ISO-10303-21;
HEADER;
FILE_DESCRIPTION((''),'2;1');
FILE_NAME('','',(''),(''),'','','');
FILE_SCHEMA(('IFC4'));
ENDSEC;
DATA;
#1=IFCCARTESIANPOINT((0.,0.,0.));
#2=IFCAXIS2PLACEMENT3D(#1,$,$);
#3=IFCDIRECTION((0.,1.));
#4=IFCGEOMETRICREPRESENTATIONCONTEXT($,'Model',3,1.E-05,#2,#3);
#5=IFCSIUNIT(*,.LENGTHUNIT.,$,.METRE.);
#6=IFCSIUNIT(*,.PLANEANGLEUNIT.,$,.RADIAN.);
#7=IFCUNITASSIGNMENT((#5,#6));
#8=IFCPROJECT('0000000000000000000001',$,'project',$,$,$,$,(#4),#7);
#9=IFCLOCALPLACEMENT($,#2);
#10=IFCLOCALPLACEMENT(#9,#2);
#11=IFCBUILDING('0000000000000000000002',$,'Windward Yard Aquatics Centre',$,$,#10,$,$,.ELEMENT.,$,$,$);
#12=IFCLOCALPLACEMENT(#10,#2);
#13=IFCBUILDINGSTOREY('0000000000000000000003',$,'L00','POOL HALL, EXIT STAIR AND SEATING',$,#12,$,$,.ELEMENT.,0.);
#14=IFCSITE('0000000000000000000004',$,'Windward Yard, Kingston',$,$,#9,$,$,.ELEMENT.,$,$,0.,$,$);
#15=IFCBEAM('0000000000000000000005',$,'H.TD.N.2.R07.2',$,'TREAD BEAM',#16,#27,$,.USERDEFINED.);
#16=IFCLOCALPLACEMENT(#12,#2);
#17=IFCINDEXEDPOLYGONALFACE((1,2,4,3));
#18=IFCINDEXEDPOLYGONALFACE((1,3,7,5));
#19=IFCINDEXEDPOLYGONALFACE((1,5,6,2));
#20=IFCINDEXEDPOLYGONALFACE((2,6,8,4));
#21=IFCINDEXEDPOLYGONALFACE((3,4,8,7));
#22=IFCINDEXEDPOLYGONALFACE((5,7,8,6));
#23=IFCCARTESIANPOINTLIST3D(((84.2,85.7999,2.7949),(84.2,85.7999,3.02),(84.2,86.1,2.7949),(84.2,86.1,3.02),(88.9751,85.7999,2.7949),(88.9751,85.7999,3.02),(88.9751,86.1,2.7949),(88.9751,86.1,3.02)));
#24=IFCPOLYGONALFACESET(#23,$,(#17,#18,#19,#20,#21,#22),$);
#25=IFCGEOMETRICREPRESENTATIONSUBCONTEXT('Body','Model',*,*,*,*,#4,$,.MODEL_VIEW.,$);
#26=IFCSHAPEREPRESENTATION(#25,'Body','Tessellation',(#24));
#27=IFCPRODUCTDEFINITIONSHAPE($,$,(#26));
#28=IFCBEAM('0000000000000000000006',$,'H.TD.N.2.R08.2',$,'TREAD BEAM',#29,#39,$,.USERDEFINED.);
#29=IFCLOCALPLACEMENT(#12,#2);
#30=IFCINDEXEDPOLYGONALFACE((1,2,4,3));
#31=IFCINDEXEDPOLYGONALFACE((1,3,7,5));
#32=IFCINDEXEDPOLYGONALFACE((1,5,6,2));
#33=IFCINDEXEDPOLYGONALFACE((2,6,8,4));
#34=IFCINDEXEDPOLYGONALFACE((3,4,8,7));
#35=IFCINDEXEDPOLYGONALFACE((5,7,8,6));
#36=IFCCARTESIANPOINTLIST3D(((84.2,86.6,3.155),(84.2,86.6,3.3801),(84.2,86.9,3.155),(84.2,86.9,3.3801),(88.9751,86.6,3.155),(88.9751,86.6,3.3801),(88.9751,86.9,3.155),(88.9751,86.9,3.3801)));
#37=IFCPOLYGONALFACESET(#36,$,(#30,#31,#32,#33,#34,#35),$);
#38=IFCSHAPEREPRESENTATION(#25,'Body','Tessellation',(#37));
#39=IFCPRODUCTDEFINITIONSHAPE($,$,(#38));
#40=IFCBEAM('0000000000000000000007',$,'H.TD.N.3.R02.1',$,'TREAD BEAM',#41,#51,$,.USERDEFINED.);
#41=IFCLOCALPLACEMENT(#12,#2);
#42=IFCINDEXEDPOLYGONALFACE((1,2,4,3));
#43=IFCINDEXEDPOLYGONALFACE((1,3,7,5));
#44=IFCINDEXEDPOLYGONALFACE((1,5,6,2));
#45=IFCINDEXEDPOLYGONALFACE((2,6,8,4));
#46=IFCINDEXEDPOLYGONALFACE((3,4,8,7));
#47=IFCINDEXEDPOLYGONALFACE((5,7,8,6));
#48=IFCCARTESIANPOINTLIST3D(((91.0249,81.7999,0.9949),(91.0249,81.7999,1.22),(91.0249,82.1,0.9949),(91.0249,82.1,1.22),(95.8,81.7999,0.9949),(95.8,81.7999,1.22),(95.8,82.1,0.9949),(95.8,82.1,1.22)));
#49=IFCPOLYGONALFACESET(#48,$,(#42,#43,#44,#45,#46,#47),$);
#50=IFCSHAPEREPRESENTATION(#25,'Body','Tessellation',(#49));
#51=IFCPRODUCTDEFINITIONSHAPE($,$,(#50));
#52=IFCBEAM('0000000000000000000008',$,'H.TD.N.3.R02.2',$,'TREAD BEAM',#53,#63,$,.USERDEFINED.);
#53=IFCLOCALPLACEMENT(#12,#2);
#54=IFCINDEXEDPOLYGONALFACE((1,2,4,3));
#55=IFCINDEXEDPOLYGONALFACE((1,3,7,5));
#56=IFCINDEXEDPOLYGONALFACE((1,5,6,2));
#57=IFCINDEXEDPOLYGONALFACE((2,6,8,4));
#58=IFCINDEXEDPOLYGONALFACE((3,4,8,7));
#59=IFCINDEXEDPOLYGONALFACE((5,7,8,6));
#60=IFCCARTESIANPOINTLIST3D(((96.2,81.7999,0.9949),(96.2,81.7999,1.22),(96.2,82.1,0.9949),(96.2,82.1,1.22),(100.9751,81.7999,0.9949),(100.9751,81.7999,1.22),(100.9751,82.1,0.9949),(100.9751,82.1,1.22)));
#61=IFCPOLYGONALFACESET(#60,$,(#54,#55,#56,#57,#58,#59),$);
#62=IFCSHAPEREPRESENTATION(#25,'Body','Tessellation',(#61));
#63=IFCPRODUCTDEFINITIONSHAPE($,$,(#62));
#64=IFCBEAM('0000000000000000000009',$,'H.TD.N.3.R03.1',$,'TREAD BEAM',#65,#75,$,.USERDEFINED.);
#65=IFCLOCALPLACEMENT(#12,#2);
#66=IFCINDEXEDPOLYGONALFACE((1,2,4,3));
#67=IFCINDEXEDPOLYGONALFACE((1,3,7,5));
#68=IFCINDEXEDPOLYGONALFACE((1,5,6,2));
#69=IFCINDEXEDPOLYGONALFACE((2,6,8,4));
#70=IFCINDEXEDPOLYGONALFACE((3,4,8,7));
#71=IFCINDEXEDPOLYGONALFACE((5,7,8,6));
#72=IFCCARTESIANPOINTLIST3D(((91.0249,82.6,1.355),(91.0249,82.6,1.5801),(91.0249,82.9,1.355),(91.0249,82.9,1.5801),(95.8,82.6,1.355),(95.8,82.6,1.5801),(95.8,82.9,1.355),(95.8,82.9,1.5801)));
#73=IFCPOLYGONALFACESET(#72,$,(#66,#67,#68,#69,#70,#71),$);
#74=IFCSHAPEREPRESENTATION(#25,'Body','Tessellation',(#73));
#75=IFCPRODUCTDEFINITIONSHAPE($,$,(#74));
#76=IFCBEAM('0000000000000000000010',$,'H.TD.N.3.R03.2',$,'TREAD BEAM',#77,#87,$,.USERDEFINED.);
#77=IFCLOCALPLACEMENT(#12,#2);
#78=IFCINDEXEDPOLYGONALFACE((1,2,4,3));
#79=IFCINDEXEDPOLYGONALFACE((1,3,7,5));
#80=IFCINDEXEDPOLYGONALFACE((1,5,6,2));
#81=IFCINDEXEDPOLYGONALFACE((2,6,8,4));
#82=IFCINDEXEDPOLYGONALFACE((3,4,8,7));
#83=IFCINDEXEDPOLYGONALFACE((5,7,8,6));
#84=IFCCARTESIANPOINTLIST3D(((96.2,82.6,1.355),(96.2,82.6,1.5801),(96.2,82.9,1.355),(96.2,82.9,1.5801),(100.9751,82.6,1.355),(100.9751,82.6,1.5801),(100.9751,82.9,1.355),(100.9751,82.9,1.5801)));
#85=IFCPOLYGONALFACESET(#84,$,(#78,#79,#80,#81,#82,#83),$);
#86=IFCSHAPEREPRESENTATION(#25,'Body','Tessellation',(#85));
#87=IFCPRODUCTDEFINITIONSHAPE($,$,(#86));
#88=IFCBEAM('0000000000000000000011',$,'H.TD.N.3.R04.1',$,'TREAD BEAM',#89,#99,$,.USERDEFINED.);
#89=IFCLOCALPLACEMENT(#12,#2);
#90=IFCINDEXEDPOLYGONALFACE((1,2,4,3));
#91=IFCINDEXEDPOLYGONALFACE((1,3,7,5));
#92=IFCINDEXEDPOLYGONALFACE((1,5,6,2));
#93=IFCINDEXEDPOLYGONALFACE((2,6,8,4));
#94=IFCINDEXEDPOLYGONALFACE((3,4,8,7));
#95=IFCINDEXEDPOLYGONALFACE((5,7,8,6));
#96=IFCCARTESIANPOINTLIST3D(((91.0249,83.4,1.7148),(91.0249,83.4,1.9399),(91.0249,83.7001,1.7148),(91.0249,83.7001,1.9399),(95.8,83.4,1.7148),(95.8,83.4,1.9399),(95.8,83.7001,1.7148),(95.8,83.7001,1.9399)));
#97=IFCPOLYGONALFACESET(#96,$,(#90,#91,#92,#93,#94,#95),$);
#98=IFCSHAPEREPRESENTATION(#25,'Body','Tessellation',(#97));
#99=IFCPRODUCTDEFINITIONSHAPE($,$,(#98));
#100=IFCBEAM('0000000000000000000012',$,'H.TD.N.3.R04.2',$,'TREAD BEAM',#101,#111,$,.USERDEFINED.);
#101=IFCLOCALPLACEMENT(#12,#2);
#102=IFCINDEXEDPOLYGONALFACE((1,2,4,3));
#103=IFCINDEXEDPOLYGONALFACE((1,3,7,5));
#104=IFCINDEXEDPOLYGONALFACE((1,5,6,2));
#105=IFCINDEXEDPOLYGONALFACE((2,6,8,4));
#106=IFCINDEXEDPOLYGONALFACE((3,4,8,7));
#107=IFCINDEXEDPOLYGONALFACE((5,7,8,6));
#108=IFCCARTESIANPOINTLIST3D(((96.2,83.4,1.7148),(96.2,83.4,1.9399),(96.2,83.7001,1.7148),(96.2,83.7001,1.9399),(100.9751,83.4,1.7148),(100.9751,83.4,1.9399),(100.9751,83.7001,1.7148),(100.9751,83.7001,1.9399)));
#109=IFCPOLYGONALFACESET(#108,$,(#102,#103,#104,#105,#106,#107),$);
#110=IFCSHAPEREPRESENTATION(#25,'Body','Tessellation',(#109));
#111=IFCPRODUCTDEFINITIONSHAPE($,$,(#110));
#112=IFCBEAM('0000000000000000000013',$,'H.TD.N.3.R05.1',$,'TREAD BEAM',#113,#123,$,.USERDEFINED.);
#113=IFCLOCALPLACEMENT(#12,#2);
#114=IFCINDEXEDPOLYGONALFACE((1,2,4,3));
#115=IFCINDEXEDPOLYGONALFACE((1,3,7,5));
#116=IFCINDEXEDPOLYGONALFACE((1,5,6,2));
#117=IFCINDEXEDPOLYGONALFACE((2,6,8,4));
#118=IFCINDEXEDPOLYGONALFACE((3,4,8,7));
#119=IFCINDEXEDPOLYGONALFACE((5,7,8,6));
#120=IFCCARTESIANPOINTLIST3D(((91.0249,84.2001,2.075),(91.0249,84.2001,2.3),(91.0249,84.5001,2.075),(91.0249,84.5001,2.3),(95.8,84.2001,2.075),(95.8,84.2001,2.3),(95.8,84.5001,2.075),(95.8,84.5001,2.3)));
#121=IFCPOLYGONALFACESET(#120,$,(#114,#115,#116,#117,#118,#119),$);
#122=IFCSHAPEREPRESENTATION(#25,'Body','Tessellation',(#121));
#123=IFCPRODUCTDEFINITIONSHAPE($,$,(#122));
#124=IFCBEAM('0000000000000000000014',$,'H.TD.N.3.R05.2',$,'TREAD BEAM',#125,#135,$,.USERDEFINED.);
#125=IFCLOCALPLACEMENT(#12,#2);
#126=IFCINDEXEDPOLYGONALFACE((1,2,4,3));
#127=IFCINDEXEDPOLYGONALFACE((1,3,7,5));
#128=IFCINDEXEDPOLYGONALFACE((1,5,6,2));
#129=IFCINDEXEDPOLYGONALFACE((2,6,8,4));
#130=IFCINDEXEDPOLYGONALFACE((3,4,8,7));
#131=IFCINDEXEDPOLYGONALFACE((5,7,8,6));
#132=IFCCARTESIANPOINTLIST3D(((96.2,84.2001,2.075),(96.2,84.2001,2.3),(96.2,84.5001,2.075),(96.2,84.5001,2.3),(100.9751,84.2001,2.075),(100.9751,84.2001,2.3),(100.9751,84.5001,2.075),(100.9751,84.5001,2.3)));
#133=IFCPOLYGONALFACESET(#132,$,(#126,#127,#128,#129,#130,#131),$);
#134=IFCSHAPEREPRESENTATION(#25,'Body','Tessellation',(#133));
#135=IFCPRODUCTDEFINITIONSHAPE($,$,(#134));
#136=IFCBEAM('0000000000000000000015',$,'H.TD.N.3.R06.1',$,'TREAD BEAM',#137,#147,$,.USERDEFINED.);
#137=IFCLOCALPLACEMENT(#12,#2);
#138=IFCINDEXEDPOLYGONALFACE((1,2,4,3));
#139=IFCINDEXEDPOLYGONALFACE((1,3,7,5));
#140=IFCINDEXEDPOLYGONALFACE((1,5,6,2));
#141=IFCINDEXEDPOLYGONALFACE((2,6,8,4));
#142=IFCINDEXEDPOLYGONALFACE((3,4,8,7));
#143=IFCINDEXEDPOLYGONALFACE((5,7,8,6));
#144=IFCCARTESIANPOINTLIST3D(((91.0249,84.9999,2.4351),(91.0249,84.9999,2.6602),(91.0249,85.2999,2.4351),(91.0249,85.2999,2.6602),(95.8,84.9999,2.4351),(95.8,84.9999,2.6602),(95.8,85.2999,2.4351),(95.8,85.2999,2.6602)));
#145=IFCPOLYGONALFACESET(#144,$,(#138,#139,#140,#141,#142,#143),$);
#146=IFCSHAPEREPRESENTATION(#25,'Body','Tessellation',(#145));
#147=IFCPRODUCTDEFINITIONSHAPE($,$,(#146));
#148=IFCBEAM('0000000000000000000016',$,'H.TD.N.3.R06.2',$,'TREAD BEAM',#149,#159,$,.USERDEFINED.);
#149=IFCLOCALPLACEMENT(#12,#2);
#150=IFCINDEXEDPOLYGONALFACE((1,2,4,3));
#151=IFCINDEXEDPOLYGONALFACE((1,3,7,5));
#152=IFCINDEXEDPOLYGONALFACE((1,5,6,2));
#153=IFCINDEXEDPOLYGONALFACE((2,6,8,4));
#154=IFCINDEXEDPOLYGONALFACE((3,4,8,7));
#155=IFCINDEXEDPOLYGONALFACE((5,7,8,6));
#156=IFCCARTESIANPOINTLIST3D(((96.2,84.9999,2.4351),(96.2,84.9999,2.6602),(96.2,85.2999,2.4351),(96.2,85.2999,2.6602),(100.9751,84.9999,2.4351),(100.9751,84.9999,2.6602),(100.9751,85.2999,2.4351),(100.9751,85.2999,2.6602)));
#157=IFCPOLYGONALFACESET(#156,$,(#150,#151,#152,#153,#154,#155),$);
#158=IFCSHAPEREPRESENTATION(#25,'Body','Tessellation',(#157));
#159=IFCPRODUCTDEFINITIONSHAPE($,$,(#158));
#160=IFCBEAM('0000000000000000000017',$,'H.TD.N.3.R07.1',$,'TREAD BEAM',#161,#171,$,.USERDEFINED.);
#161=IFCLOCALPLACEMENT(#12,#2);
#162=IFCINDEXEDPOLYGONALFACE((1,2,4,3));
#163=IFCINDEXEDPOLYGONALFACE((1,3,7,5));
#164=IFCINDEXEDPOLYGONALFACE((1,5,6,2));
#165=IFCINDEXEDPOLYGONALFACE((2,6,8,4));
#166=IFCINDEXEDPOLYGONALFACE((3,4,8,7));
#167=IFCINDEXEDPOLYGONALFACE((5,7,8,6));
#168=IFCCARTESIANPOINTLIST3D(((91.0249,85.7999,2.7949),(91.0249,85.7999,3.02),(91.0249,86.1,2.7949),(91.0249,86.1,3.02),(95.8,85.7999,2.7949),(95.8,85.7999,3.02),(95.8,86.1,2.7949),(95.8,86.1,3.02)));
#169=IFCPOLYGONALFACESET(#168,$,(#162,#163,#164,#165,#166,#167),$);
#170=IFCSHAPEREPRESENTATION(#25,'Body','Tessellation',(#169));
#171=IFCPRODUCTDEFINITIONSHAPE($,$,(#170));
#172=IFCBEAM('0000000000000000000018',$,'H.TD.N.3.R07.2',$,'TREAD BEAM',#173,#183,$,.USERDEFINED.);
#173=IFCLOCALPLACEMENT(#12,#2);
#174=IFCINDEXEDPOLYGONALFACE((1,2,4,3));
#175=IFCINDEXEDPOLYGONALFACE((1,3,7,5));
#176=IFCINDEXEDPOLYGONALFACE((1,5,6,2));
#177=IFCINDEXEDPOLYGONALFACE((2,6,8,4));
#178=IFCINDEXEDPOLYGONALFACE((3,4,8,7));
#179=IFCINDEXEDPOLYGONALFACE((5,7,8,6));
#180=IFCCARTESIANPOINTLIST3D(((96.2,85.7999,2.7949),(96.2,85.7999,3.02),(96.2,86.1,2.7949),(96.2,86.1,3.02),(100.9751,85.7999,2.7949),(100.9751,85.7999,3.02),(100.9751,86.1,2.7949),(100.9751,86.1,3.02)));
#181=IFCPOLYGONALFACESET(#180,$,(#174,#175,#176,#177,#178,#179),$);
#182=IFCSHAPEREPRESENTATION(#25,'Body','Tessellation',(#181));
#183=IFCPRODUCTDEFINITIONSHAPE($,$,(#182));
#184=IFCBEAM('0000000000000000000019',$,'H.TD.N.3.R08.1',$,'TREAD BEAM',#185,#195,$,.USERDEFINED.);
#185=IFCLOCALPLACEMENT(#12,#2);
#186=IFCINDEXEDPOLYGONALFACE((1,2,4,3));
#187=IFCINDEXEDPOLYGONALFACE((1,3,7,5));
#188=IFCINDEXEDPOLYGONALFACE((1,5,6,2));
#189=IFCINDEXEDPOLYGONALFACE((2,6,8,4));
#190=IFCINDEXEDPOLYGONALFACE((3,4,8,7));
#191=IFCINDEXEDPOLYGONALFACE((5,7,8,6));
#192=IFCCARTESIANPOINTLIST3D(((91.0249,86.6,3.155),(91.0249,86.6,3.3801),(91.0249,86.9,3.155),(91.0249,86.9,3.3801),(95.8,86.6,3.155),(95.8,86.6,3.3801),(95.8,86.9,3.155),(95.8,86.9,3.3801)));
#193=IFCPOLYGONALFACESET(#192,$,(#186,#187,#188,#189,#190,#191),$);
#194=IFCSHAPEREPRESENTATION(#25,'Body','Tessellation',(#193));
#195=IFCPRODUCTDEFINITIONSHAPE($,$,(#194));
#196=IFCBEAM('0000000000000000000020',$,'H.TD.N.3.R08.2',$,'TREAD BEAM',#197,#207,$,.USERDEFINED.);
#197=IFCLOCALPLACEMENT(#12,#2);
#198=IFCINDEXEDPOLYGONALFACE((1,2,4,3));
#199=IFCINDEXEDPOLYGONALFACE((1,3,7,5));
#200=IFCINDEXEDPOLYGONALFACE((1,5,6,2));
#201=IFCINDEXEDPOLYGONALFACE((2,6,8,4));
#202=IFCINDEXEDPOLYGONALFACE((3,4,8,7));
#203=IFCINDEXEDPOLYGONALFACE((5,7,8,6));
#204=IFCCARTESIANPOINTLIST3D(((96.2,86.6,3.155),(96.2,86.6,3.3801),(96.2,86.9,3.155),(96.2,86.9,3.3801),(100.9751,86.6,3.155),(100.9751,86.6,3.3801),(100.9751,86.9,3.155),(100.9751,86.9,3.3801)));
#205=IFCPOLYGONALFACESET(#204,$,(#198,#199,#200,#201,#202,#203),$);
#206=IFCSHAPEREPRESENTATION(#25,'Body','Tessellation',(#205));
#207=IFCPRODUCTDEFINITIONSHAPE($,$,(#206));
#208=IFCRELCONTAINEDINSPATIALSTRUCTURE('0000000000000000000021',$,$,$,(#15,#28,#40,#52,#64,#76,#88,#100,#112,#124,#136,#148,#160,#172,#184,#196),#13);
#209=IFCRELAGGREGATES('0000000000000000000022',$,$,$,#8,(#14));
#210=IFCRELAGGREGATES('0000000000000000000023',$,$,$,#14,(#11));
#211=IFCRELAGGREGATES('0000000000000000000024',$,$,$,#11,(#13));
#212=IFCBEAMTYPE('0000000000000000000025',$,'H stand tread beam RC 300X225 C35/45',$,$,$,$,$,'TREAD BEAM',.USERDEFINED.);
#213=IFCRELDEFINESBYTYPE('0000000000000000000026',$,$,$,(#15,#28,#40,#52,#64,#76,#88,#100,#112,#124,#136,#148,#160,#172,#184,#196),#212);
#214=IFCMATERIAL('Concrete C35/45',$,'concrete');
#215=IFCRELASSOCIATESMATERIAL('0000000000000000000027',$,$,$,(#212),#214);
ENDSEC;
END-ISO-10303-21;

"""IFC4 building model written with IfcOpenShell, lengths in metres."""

from ifc_helpers import new_model, si_unit, direction, frame, origin, origin_2d, place, context, subcontext, project, spatial, rectangle, extrude, material, material_profile, profile_set, type_object, element, save


model = new_model("IFC4")

# Units and contexts
model_context = context("Model", 3, precision=1e-05, world=origin(), true_north=direction((0.0, 1.0)))
body_context = subcontext(model_context, "Body", "Model", "MODEL_VIEW")
ifc_project = project(units=[si_unit("LENGTHUNIT", "METRE"), si_unit("PLANEANGLEUNIT", "RADIAN")], contexts=[model_context])

# Site, building, storey
site_placement = place(None, origin())
site = spatial("IfcSite", under=ifc_project, at=site_placement, Name="Windward Yard, Kingston", CompositionType="ELEMENT", RefElevation=0.0)
building_placement = place(site_placement, origin())
building = spatial("IfcBuilding", under=site, at=building_placement, Name="Windward Yard Aquatics Centre", CompositionType="ELEMENT")
storey_placement = place(building_placement, origin())
storey = spatial("IfcBuildingStorey", under=building, at=storey_placement, Name="L00", Description="POOL HALL, EXIT STAIR AND SEATING", CompositionType="ELEMENT", Elevation=0.0)

# Shared definitions
ifc_material_1 = material(Name="Concrete C35/45", Category="concrete")

# Beams
ifc_material_profile_1 = material_profile(ifc_material_1, rectangle(XDim=0.3, YDim=0.2251, at=origin_2d()), Name="RC 300X225")
ifc_profile_set_1 = profile_set([ifc_material_profile_1], Name="Concrete C35/45")
beam_type_1 = type_object("IfcBeamType", Name="H stand tread beam RC 300X225 C35/45", ElementType="TREAD BEAM", PredefinedType="USERDEFINED", material=ifc_profile_set_1)
for number, where, z_axis, x_axis, name in (
    (1, (84.2, 85.95, 2.9075), (1.0, 0.0, 0.0), (0.0, 1.0, 0.0), "H.TD.N.2.R07.2"),
    (2, (84.2, 86.75, 3.2676), (1.0, 0.0, 0.0), (0.0, 1.0, 0.0), "H.TD.N.2.R08.2"),
    (3, (91.0249, 81.95, 1.1074), (1.0, 0.0, 0.0), (0.0, 1.0, 0.0), "H.TD.N.3.R02.1"),
    (4, (96.2, 81.95, 1.1074), (1.0, 0.0, 0.0), (0.0, 1.0, 0.0), "H.TD.N.3.R02.2"),
    (5, (91.0249, 82.75, 1.4675), (1.0, 0.0, 0.0), (0.0, 1.0, 0.0), "H.TD.N.3.R03.1"),
    (6, (96.2, 82.75, 1.4675), (1.0, 0.0, 0.0), (0.0, 1.0, 0.0), "H.TD.N.3.R03.2"),
    (7, (91.0249, 83.55, 1.8274), (1.0, 0.0, 0.0), (0.0, 1.0, 0.0), "H.TD.N.3.R04.1"),
    (8, (96.2, 83.55, 1.8274), (1.0, 0.0, 0.0), (0.0, 1.0, 0.0), "H.TD.N.3.R04.2"),
    (9, (91.0249, 84.3501, 2.1875), (1.0, 0.0, 0.0), (0.0, 1.0, 0.0), "H.TD.N.3.R05.1"),
    (10, (96.2, 84.3501, 2.1875), (1.0, 0.0, 0.0), (0.0, 1.0, 0.0), "H.TD.N.3.R05.2"),
    (11, (91.0249, 85.1499, 2.5476), (1.0, 0.0, 0.0), (0.0, 1.0, 0.0), "H.TD.N.3.R06.1"),
    (12, (96.2, 85.1499, 2.5476), (1.0, 0.0, 0.0), (0.0, 1.0, 0.0), "H.TD.N.3.R06.2"),
    (13, (91.0249, 85.95, 2.9075), (1.0, 0.0, 0.0), (0.0, 1.0, 0.0), "H.TD.N.3.R07.1"),
    (14, (96.2, 85.95, 2.9075), (1.0, 0.0, 0.0), (0.0, 1.0, 0.0), "H.TD.N.3.R07.2"),
    (15, (91.0249, 86.75, 3.2676), (1.0, 0.0, 0.0), (0.0, 1.0, 0.0), "H.TD.N.3.R08.1"),
    (16, (96.2, 86.75, 3.2676), (1.0, 0.0, 0.0), (0.0, 1.0, 0.0), "H.TD.N.3.R08.2"),
):
    element("IfcBeam", number, at=place(storey_placement, frame(where, z_axis=z_axis, x_axis=x_axis)), inside=storey, type_object=beam_type_1, Name=name, ObjectType="TREAD BEAM", PredefinedType="USERDEFINED", context=body_context, shape_type="SweptSolid", body=[
        extrude(rectangle(XDim=0.3, YDim=0.2251, at=origin_2d()), origin(), (0.0, 0.0, 1.0), 4.7751),
    ])

save(model, "model.ifc")
